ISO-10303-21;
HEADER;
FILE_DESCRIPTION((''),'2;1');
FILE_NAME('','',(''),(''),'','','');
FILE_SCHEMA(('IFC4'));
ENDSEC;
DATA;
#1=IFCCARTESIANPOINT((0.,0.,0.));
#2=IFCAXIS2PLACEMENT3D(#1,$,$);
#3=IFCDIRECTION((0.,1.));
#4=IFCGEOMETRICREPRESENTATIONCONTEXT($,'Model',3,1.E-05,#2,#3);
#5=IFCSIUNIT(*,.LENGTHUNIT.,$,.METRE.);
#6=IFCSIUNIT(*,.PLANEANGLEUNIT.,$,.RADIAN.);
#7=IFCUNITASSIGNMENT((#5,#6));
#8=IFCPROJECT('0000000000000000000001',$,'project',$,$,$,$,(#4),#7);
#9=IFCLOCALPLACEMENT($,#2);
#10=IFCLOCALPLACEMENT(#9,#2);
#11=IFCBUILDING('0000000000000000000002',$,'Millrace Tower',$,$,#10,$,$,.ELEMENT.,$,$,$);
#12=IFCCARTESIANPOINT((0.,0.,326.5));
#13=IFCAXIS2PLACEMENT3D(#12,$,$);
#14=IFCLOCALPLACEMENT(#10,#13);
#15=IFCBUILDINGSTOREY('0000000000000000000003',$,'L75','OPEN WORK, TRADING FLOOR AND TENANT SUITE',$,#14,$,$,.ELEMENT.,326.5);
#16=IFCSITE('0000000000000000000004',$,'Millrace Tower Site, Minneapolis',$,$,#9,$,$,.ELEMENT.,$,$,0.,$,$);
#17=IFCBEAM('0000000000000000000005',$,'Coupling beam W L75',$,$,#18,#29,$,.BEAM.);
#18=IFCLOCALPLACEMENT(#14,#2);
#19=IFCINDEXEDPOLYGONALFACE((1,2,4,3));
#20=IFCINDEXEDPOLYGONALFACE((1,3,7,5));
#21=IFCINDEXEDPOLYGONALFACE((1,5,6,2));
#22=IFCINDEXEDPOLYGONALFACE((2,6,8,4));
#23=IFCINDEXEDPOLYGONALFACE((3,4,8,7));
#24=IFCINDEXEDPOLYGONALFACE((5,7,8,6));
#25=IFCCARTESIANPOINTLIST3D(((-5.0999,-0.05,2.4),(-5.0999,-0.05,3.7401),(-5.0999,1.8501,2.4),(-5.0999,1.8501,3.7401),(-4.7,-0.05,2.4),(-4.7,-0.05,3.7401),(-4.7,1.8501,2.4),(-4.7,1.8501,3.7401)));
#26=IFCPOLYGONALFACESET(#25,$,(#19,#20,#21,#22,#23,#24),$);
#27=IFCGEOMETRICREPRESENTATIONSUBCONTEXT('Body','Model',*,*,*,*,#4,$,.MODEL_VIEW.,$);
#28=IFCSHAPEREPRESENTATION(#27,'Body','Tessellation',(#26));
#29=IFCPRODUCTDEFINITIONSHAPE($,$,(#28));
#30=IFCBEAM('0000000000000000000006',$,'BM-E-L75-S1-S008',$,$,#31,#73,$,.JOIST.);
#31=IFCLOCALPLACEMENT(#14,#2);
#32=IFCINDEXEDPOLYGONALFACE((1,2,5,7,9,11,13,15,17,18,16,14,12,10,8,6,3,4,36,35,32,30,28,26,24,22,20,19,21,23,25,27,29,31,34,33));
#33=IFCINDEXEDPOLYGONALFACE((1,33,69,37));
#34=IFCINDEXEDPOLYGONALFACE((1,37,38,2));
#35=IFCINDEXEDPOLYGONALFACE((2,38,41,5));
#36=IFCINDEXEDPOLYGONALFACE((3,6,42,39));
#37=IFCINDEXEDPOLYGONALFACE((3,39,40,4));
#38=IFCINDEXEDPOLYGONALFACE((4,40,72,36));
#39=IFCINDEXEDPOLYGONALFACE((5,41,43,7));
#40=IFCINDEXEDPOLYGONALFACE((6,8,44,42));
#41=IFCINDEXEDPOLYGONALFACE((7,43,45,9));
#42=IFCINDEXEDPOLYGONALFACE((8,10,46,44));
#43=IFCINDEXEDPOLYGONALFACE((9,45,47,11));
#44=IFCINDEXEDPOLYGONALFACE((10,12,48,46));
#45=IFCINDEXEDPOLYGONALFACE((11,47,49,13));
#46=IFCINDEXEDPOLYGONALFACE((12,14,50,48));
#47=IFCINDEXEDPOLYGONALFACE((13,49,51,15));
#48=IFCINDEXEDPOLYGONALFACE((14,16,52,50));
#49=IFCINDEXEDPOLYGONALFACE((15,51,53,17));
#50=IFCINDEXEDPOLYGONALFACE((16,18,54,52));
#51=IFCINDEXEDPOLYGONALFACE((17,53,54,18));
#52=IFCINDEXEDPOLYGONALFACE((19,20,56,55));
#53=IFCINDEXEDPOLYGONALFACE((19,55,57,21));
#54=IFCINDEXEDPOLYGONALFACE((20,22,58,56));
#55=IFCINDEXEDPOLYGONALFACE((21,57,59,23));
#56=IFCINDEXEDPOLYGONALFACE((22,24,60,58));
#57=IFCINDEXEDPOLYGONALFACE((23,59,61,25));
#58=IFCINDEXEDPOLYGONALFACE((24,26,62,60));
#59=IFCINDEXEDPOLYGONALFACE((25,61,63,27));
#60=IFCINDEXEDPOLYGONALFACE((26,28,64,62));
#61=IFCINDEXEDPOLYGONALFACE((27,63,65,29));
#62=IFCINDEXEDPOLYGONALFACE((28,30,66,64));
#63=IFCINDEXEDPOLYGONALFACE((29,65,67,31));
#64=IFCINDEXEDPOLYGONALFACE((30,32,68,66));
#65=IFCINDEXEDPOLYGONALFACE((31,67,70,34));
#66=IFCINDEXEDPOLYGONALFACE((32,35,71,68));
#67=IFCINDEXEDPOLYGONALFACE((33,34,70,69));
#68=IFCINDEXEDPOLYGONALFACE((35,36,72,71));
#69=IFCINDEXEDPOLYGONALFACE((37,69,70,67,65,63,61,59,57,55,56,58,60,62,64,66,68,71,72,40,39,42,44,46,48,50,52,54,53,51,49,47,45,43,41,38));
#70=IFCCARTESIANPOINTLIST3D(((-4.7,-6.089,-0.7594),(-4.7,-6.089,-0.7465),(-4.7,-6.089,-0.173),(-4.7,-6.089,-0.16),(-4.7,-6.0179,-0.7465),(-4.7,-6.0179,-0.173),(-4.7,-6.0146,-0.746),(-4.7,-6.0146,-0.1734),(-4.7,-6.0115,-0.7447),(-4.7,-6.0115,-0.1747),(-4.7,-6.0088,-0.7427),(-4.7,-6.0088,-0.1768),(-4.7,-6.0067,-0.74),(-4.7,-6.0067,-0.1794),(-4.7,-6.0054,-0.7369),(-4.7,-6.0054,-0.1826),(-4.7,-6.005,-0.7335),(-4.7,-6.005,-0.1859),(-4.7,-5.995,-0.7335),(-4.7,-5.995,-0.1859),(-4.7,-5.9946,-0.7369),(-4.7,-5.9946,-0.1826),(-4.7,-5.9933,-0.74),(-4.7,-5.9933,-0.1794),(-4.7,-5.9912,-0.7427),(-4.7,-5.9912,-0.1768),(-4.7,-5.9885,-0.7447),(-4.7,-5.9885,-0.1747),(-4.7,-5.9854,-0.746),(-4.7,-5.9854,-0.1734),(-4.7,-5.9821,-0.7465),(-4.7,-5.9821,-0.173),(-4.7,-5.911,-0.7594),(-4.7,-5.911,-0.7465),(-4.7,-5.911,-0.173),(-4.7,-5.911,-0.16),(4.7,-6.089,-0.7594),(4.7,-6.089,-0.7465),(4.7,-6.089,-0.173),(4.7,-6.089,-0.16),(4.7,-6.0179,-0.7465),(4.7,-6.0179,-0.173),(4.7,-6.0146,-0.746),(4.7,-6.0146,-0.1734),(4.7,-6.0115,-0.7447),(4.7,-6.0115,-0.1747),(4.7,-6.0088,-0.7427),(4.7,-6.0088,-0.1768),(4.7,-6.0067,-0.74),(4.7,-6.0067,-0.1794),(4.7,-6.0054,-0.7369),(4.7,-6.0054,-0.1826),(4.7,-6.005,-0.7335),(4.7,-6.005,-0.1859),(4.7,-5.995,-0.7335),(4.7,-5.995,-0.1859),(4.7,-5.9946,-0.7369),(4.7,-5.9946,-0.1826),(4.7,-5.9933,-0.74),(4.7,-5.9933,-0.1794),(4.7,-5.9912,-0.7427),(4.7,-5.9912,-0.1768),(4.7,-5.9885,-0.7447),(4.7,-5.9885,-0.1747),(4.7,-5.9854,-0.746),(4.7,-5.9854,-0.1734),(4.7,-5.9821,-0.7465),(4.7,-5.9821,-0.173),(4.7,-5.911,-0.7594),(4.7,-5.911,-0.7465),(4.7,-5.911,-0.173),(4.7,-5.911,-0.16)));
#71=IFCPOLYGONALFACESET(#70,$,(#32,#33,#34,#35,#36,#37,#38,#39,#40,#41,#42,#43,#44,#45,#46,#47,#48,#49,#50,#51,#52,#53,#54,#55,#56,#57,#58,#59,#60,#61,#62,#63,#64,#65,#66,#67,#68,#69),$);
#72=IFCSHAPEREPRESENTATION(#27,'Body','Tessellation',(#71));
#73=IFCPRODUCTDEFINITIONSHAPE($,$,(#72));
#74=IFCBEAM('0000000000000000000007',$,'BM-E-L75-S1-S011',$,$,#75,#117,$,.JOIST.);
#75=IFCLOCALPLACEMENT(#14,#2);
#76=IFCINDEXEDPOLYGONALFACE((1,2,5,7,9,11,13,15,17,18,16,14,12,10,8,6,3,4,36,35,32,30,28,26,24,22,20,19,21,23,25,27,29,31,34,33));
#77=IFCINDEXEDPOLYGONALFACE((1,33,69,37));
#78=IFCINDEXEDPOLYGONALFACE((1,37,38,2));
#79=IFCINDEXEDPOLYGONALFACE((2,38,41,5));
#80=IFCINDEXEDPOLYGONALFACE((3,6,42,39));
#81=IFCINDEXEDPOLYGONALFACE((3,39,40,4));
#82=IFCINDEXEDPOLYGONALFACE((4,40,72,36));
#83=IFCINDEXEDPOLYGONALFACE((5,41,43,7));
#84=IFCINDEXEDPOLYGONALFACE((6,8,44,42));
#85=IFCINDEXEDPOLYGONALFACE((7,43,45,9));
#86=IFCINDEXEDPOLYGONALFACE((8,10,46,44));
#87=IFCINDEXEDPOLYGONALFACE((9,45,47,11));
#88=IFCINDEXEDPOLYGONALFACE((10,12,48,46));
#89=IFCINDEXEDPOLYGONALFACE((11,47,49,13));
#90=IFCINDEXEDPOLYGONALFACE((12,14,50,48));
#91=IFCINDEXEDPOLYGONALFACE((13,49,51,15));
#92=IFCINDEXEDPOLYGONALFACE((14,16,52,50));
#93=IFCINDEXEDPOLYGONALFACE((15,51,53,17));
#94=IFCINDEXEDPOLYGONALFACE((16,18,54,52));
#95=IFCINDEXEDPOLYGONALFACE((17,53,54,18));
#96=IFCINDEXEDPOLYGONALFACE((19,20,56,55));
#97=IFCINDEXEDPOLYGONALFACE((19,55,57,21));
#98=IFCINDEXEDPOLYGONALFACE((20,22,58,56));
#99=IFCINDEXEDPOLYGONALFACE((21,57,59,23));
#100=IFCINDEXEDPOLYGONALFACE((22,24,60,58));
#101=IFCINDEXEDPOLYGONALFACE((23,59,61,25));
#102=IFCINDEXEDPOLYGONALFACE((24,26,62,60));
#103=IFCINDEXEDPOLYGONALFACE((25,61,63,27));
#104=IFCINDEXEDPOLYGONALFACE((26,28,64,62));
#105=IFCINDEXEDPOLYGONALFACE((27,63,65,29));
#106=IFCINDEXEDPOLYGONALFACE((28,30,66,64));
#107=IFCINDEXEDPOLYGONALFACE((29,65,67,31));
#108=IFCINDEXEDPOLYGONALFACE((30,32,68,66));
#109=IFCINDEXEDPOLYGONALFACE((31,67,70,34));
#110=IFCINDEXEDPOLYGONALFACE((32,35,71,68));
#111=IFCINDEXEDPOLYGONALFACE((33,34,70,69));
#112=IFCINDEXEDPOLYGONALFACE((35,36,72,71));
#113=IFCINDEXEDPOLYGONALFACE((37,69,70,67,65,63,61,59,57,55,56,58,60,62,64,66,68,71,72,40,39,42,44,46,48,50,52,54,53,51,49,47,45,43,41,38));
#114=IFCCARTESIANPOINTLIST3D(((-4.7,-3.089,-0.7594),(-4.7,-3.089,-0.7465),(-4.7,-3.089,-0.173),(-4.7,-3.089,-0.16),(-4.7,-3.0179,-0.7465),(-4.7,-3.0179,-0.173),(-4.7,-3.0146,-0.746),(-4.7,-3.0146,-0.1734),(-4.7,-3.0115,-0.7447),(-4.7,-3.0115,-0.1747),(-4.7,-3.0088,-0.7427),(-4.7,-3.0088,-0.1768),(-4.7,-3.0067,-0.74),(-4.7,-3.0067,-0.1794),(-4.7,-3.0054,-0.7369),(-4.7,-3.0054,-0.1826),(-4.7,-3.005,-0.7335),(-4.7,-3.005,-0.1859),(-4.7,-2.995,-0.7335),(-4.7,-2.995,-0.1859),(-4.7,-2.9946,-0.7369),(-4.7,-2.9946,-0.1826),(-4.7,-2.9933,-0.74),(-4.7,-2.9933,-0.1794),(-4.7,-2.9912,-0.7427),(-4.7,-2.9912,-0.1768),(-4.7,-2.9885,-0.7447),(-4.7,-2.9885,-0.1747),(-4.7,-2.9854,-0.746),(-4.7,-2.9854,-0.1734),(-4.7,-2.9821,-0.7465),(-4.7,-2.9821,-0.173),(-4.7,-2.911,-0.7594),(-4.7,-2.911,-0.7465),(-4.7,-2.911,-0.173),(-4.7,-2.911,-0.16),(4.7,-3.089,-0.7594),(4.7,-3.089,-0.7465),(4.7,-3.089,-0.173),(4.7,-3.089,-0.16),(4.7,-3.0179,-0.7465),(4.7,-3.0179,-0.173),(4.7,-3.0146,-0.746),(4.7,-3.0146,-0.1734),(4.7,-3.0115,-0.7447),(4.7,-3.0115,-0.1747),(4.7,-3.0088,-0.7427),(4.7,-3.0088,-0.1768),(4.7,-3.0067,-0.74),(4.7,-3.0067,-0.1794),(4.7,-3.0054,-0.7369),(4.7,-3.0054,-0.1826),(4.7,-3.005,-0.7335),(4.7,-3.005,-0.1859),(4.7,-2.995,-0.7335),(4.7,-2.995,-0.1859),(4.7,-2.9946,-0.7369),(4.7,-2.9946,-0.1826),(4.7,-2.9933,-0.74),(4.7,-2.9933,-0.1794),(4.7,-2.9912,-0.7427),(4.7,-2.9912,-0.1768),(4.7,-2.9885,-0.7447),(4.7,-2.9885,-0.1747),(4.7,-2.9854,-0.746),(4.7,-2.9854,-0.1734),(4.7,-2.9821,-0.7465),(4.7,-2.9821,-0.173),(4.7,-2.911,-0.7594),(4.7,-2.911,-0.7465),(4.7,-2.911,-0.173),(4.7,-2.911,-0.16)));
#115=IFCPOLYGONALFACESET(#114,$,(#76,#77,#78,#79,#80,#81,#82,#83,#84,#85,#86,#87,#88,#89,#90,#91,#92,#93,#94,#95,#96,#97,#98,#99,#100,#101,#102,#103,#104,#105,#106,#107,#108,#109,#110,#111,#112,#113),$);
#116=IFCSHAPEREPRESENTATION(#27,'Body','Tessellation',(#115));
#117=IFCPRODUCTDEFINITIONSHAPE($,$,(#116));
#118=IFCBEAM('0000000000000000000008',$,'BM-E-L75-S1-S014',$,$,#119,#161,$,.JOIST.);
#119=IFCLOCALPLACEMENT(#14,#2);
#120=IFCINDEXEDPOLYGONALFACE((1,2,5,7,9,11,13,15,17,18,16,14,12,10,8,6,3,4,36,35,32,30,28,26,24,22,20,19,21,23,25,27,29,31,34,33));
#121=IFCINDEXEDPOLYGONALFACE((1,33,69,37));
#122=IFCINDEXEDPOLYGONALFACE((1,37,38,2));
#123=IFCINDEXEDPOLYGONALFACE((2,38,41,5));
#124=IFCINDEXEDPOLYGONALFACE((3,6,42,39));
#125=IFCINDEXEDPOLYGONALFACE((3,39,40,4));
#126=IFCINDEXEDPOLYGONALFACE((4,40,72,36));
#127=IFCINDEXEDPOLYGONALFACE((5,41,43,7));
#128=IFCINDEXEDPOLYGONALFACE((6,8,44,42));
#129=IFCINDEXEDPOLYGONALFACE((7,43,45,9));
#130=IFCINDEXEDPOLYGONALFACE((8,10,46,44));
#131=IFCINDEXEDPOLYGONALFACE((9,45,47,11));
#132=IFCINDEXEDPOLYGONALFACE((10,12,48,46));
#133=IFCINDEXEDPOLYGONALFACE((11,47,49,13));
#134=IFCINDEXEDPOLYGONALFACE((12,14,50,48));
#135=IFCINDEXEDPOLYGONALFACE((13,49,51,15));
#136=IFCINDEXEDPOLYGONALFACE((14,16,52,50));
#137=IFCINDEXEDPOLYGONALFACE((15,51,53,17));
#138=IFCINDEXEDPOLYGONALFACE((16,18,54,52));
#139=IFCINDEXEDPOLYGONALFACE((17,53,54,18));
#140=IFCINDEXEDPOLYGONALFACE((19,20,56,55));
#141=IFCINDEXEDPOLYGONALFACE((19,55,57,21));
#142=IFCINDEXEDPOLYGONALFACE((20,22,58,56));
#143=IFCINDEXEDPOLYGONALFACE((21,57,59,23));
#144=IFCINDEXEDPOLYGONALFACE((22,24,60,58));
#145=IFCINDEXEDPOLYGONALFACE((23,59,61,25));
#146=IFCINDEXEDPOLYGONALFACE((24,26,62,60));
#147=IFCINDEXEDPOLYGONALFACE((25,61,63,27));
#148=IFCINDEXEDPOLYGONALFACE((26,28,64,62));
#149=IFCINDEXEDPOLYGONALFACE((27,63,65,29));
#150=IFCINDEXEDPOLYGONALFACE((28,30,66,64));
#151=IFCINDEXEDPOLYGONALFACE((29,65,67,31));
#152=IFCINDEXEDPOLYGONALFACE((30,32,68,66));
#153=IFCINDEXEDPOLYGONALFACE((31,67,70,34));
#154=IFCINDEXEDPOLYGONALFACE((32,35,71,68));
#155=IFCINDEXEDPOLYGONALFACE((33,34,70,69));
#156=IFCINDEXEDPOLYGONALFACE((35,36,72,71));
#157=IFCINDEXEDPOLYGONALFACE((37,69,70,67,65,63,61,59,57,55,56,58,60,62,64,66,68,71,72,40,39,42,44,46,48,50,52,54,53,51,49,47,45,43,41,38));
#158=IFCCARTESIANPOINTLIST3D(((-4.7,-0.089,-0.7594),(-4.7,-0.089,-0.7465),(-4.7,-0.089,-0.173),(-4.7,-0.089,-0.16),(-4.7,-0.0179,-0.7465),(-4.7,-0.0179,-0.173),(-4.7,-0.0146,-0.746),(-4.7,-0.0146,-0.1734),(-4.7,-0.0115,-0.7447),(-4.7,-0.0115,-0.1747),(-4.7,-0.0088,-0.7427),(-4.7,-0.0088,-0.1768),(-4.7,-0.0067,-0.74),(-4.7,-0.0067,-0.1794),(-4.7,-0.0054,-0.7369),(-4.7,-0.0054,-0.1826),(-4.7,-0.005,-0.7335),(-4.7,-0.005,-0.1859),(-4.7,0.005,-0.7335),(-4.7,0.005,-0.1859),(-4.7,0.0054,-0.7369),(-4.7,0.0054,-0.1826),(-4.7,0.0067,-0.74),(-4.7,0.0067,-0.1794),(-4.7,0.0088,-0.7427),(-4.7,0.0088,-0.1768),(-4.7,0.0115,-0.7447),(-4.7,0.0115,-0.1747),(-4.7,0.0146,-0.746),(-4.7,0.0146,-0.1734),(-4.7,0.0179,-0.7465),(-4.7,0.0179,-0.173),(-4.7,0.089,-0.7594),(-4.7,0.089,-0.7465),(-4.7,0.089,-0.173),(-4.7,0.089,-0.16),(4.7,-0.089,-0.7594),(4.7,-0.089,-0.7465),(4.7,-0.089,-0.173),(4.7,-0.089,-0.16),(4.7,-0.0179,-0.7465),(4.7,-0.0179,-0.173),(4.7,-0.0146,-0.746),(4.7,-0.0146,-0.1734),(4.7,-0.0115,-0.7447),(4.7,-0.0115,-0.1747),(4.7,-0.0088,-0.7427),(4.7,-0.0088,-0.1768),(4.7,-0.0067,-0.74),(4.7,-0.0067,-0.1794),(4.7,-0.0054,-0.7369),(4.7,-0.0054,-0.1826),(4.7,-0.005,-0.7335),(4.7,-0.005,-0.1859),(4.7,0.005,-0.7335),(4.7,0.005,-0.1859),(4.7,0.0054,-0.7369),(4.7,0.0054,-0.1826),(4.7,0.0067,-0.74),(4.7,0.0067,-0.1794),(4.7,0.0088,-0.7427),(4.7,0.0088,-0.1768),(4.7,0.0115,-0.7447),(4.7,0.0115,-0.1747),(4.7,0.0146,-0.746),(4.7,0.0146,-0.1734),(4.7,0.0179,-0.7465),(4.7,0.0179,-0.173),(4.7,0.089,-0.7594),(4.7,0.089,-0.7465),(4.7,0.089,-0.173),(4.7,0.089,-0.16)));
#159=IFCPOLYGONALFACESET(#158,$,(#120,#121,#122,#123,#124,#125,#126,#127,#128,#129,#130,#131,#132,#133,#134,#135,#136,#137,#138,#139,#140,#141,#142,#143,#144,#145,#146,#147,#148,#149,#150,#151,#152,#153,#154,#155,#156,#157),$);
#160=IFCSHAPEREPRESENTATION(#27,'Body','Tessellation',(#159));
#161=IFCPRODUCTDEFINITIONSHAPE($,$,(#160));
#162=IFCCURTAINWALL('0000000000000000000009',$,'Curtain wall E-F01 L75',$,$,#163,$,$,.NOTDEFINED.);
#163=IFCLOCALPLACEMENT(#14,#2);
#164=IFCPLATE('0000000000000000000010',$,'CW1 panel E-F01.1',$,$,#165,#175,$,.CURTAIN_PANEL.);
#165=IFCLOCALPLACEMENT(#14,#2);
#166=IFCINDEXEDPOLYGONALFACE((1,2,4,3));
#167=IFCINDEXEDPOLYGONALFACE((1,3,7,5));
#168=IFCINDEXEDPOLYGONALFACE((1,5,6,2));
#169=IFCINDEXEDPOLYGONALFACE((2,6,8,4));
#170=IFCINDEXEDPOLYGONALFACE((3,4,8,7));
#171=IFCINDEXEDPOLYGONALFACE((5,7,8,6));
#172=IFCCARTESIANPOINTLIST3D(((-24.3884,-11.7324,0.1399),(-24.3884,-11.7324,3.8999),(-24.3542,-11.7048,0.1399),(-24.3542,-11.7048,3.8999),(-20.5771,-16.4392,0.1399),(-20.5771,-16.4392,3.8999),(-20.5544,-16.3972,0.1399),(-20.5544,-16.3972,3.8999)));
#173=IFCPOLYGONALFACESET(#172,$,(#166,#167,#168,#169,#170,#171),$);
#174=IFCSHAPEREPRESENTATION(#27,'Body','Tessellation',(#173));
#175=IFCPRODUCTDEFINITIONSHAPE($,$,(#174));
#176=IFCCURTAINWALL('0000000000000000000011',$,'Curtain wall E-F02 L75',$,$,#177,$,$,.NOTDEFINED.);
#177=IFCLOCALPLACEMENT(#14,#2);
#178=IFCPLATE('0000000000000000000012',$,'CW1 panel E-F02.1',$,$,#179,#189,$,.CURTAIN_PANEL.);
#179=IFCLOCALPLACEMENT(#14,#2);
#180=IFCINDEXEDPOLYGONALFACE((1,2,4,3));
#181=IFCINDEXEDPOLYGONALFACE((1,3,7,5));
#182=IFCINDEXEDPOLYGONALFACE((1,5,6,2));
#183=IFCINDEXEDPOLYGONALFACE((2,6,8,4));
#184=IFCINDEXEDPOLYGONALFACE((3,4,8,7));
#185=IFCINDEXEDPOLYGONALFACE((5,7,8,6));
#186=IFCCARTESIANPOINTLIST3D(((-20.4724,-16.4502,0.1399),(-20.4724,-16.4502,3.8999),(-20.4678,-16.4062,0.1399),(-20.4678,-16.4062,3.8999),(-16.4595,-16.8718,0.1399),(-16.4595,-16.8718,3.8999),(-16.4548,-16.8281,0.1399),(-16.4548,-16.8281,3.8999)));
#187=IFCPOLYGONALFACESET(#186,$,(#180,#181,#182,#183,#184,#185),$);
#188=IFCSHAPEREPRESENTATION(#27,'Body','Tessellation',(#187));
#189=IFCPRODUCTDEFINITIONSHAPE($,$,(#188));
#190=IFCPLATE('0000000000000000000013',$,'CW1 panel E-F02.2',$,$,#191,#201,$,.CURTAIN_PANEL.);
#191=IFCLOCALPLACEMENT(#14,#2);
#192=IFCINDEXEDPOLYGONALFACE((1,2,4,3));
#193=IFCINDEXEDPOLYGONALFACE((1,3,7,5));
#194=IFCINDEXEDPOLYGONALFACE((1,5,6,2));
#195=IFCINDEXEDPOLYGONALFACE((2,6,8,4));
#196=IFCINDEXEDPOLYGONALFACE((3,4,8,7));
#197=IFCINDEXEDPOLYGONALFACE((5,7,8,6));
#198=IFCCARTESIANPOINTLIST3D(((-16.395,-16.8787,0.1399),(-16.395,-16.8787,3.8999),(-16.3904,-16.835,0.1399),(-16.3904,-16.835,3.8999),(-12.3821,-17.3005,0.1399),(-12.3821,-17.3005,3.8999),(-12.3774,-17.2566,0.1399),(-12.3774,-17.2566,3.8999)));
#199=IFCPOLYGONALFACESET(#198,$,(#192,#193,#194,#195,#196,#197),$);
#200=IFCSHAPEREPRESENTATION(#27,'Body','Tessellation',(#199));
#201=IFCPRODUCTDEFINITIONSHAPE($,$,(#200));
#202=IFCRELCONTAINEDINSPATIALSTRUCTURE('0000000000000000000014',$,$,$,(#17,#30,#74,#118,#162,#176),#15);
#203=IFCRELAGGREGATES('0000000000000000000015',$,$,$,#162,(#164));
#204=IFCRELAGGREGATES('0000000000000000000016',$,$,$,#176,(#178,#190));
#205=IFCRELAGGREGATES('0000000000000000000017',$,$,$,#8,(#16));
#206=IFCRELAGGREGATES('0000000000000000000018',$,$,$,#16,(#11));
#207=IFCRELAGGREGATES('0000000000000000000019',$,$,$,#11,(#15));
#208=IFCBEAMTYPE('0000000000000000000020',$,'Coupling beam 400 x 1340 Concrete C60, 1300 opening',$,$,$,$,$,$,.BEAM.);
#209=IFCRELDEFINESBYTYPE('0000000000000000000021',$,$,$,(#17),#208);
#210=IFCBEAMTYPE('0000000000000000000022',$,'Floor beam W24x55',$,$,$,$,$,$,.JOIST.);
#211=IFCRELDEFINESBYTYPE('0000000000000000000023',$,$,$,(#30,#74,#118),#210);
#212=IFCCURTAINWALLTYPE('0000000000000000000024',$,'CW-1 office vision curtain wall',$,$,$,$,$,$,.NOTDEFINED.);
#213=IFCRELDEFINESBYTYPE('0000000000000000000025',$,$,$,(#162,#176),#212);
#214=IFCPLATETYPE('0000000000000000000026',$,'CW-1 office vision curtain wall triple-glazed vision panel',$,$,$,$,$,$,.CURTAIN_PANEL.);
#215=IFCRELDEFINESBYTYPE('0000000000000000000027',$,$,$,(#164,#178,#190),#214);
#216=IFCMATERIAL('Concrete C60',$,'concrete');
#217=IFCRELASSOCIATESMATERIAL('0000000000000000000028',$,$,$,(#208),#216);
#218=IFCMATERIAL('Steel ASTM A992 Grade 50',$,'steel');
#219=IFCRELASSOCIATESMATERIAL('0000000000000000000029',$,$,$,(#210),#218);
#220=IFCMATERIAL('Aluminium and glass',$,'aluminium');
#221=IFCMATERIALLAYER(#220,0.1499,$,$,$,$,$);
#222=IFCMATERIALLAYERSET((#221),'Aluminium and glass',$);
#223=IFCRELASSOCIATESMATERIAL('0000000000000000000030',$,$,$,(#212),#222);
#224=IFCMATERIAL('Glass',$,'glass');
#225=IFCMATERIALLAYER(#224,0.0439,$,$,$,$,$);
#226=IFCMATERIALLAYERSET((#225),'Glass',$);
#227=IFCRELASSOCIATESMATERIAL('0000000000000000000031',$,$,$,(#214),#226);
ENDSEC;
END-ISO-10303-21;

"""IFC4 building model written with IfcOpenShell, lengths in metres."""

from ifc_helpers import new_model, si_unit, direction, frame, origin, origin_2d, place, context, subcontext, project, spatial, polyline, rectangle, i_section, outline, extrude, material, layer, layer_set, material_profile, profile_set, type_object, element, aggregate, save


model = new_model("IFC4")

# Units and contexts
model_context = context("Model", 3, precision=1e-05, world=origin(), true_north=direction((0.0, 1.0)))
body_context = subcontext(model_context, "Body", "Model", "MODEL_VIEW")
ifc_project = project(units=[si_unit("LENGTHUNIT", "METRE"), si_unit("PLANEANGLEUNIT", "RADIAN")], contexts=[model_context])

# Site, building, storey
site_placement = place(None, origin())
site = spatial("IfcSite", under=ifc_project, at=site_placement, Name="Millrace Tower Site, Minneapolis", CompositionType="ELEMENT", RefElevation=0.0)
building_placement = place(site_placement, origin())
building = spatial("IfcBuilding", under=site, at=building_placement, Name="Millrace Tower", CompositionType="ELEMENT")
storey_placement = place(building_placement, frame((0.0, 0.0, 326.5)))
storey = spatial("IfcBuildingStorey", under=building, at=storey_placement, Name="L75", Description="OPEN WORK, TRADING FLOOR AND TENANT SUITE", CompositionType="ELEMENT", Elevation=326.5)

# Beams
ifc_material_1 = material(Name="Concrete C60", Category="concrete")
ifc_material_profile_1 = material_profile(ifc_material_1, rectangle(XDim=0.3999, YDim=1.3401, at=origin_2d()))
ifc_profile_set_1 = profile_set([ifc_material_profile_1], Name="Concrete C60")
beam_type_1 = type_object("IfcBeamType", Name="Coupling beam 400 x 1340 Concrete C60, 1300 opening", PredefinedType="BEAM", material=ifc_profile_set_1)
beam_placement = place(storey_placement, frame((-4.8999, -0.05, 3.0701), z_axis=(0.0, 1.0, 0.0), x_axis=(-1.0, 0.0, 0.0)))
element("IfcBeam", 1, at=beam_placement, inside=storey, type_object=beam_type_1, Name="Coupling beam W L75", PredefinedType="BEAM", context=body_context, shape_type="SweptSolid", body=[
    extrude(rectangle(XDim=0.3999, YDim=1.3401, at=origin_2d()), origin(), (0.0, 0.0, 1.0), 1.9001),
])
ifc_material_2 = material(Name="Steel ASTM A992 Grade 50", Category="steel")
ifc_material_profile_2 = material_profile(ifc_material_2, i_section(OverallWidth=0.178, OverallDepth=0.5994, WebThickness=0.01, FlangeThickness=0.0129, FilletRadius=0.0129, at=origin_2d()))
ifc_profile_set_2 = profile_set([ifc_material_profile_2], Name="Steel ASTM A992 Grade 50")
beam_type_2 = type_object("IfcBeamType", Name="Floor beam W24x55", PredefinedType="JOIST", material=ifc_profile_set_2)
for number, where, z_axis, x_axis, name in (
    (2, (-4.7, -6.0, -0.4597), (1.0, 0.0, 0.0), (0.0, 1.0, 0.0), "BM-E-L75-S1-S008"),
    (3, (-4.7, -3.0, -0.4597), (1.0, 0.0, 0.0), (0.0, 1.0, 0.0), "BM-E-L75-S1-S011"),
    (4, (-4.7, 0.0, -0.4597), (1.0, 0.0, 0.0), (0.0, 1.0, 0.0), "BM-E-L75-S1-S014"),
):
    element("IfcBeam", number, at=place(storey_placement, frame(where, z_axis=z_axis, x_axis=x_axis)), inside=storey, type_object=beam_type_2, Name=name, PredefinedType="JOIST", context=body_context, shape_type="SweptSolid", body=[
        extrude(i_section(OverallWidth=0.178, OverallDepth=0.5994, WebThickness=0.01, FlangeThickness=0.0129, FilletRadius=0.0129, at=origin_2d()), origin(), (0.0, 0.0, 1.0), 9.3999),
    ])

# Curtain wall, plate
ifc_material_3 = material(Name="Aluminium and glass", Category="aluminium")
ifc_layer_1 = layer(ifc_material_3, 0.1499)
ifc_layer_set_1 = layer_set([ifc_layer_1], Name="Aluminium and glass")
curtain_wall_type = type_object("IfcCurtainWallType", Name="CW-1 office vision curtain wall", PredefinedType="NOTDEFINED", material=ifc_layer_set_1)
placement_1 = place(storey_placement, origin())
curtain_wall_1 = element("IfcCurtainWall", 5, at=placement_1, inside=storey, type_object=curtain_wall_type, Name="Curtain wall E-F01 L75", PredefinedType="NOTDEFINED")
ifc_material_4 = material(Name="Glass", Category="glass")
ifc_layer_2 = layer(ifc_material_4, 0.0439)
ifc_layer_set_2 = layer_set([ifc_layer_2], Name="Glass")
plate_type = type_object("IfcPlateType", Name="CW-1 office vision curtain wall triple-glazed vision panel", PredefinedType="CURTAIN_PANEL", material=ifc_layer_set_2)
placement_2 = place(storey_placement, frame((0.0, 0.0, 0.1399)))
plate_1 = element("IfcPlate", 6, at=placement_2, type_object=plate_type, Name="CW1 panel E-F01.1", PredefinedType="CURTAIN_PANEL", context=body_context, shape_type="SweptSolid", body=[
    extrude(outline(polyline([(-24.3884, -11.7324), (-20.5771, -16.4392), (-20.5544, -16.3972), (-24.3542, -11.7048), (-24.3884, -11.7324)])), origin(), (0.0, 0.0, 1.0), 3.76),
])
aggregate(curtain_wall_1, [plate_1])

# Curtain wall, plates
curtain_wall_2 = element("IfcCurtainWall", 7, at=placement_1, inside=storey, type_object=curtain_wall_type, Name="Curtain wall E-F02 L75", PredefinedType="NOTDEFINED")
plate_2 = element("IfcPlate", 8, at=placement_2, type_object=plate_type, Name="CW1 panel E-F02.1", PredefinedType="CURTAIN_PANEL", context=body_context, shape_type="SweptSolid", body=[
    extrude(outline(polyline([(-20.4724, -16.4502), (-16.4595, -16.8718), (-16.4548, -16.8281), (-20.4678, -16.4062), (-20.4724, -16.4502)])), origin(), (0.0, 0.0, 1.0), 3.76),
])
plate_3 = element("IfcPlate", 9, at=placement_2, type_object=plate_type, Name="CW1 panel E-F02.2", PredefinedType="CURTAIN_PANEL", context=body_context, shape_type="SweptSolid", body=[
    extrude(outline(polyline([(-16.395, -16.8787), (-12.3821, -17.3005), (-12.3774, -17.2566), (-16.3904, -16.835), (-16.395, -16.8787)])), origin(), (0.0, 0.0, 1.0), 3.76),
])
aggregate(curtain_wall_2, [plate_2, plate_3])

save(model, "model.ifc")
